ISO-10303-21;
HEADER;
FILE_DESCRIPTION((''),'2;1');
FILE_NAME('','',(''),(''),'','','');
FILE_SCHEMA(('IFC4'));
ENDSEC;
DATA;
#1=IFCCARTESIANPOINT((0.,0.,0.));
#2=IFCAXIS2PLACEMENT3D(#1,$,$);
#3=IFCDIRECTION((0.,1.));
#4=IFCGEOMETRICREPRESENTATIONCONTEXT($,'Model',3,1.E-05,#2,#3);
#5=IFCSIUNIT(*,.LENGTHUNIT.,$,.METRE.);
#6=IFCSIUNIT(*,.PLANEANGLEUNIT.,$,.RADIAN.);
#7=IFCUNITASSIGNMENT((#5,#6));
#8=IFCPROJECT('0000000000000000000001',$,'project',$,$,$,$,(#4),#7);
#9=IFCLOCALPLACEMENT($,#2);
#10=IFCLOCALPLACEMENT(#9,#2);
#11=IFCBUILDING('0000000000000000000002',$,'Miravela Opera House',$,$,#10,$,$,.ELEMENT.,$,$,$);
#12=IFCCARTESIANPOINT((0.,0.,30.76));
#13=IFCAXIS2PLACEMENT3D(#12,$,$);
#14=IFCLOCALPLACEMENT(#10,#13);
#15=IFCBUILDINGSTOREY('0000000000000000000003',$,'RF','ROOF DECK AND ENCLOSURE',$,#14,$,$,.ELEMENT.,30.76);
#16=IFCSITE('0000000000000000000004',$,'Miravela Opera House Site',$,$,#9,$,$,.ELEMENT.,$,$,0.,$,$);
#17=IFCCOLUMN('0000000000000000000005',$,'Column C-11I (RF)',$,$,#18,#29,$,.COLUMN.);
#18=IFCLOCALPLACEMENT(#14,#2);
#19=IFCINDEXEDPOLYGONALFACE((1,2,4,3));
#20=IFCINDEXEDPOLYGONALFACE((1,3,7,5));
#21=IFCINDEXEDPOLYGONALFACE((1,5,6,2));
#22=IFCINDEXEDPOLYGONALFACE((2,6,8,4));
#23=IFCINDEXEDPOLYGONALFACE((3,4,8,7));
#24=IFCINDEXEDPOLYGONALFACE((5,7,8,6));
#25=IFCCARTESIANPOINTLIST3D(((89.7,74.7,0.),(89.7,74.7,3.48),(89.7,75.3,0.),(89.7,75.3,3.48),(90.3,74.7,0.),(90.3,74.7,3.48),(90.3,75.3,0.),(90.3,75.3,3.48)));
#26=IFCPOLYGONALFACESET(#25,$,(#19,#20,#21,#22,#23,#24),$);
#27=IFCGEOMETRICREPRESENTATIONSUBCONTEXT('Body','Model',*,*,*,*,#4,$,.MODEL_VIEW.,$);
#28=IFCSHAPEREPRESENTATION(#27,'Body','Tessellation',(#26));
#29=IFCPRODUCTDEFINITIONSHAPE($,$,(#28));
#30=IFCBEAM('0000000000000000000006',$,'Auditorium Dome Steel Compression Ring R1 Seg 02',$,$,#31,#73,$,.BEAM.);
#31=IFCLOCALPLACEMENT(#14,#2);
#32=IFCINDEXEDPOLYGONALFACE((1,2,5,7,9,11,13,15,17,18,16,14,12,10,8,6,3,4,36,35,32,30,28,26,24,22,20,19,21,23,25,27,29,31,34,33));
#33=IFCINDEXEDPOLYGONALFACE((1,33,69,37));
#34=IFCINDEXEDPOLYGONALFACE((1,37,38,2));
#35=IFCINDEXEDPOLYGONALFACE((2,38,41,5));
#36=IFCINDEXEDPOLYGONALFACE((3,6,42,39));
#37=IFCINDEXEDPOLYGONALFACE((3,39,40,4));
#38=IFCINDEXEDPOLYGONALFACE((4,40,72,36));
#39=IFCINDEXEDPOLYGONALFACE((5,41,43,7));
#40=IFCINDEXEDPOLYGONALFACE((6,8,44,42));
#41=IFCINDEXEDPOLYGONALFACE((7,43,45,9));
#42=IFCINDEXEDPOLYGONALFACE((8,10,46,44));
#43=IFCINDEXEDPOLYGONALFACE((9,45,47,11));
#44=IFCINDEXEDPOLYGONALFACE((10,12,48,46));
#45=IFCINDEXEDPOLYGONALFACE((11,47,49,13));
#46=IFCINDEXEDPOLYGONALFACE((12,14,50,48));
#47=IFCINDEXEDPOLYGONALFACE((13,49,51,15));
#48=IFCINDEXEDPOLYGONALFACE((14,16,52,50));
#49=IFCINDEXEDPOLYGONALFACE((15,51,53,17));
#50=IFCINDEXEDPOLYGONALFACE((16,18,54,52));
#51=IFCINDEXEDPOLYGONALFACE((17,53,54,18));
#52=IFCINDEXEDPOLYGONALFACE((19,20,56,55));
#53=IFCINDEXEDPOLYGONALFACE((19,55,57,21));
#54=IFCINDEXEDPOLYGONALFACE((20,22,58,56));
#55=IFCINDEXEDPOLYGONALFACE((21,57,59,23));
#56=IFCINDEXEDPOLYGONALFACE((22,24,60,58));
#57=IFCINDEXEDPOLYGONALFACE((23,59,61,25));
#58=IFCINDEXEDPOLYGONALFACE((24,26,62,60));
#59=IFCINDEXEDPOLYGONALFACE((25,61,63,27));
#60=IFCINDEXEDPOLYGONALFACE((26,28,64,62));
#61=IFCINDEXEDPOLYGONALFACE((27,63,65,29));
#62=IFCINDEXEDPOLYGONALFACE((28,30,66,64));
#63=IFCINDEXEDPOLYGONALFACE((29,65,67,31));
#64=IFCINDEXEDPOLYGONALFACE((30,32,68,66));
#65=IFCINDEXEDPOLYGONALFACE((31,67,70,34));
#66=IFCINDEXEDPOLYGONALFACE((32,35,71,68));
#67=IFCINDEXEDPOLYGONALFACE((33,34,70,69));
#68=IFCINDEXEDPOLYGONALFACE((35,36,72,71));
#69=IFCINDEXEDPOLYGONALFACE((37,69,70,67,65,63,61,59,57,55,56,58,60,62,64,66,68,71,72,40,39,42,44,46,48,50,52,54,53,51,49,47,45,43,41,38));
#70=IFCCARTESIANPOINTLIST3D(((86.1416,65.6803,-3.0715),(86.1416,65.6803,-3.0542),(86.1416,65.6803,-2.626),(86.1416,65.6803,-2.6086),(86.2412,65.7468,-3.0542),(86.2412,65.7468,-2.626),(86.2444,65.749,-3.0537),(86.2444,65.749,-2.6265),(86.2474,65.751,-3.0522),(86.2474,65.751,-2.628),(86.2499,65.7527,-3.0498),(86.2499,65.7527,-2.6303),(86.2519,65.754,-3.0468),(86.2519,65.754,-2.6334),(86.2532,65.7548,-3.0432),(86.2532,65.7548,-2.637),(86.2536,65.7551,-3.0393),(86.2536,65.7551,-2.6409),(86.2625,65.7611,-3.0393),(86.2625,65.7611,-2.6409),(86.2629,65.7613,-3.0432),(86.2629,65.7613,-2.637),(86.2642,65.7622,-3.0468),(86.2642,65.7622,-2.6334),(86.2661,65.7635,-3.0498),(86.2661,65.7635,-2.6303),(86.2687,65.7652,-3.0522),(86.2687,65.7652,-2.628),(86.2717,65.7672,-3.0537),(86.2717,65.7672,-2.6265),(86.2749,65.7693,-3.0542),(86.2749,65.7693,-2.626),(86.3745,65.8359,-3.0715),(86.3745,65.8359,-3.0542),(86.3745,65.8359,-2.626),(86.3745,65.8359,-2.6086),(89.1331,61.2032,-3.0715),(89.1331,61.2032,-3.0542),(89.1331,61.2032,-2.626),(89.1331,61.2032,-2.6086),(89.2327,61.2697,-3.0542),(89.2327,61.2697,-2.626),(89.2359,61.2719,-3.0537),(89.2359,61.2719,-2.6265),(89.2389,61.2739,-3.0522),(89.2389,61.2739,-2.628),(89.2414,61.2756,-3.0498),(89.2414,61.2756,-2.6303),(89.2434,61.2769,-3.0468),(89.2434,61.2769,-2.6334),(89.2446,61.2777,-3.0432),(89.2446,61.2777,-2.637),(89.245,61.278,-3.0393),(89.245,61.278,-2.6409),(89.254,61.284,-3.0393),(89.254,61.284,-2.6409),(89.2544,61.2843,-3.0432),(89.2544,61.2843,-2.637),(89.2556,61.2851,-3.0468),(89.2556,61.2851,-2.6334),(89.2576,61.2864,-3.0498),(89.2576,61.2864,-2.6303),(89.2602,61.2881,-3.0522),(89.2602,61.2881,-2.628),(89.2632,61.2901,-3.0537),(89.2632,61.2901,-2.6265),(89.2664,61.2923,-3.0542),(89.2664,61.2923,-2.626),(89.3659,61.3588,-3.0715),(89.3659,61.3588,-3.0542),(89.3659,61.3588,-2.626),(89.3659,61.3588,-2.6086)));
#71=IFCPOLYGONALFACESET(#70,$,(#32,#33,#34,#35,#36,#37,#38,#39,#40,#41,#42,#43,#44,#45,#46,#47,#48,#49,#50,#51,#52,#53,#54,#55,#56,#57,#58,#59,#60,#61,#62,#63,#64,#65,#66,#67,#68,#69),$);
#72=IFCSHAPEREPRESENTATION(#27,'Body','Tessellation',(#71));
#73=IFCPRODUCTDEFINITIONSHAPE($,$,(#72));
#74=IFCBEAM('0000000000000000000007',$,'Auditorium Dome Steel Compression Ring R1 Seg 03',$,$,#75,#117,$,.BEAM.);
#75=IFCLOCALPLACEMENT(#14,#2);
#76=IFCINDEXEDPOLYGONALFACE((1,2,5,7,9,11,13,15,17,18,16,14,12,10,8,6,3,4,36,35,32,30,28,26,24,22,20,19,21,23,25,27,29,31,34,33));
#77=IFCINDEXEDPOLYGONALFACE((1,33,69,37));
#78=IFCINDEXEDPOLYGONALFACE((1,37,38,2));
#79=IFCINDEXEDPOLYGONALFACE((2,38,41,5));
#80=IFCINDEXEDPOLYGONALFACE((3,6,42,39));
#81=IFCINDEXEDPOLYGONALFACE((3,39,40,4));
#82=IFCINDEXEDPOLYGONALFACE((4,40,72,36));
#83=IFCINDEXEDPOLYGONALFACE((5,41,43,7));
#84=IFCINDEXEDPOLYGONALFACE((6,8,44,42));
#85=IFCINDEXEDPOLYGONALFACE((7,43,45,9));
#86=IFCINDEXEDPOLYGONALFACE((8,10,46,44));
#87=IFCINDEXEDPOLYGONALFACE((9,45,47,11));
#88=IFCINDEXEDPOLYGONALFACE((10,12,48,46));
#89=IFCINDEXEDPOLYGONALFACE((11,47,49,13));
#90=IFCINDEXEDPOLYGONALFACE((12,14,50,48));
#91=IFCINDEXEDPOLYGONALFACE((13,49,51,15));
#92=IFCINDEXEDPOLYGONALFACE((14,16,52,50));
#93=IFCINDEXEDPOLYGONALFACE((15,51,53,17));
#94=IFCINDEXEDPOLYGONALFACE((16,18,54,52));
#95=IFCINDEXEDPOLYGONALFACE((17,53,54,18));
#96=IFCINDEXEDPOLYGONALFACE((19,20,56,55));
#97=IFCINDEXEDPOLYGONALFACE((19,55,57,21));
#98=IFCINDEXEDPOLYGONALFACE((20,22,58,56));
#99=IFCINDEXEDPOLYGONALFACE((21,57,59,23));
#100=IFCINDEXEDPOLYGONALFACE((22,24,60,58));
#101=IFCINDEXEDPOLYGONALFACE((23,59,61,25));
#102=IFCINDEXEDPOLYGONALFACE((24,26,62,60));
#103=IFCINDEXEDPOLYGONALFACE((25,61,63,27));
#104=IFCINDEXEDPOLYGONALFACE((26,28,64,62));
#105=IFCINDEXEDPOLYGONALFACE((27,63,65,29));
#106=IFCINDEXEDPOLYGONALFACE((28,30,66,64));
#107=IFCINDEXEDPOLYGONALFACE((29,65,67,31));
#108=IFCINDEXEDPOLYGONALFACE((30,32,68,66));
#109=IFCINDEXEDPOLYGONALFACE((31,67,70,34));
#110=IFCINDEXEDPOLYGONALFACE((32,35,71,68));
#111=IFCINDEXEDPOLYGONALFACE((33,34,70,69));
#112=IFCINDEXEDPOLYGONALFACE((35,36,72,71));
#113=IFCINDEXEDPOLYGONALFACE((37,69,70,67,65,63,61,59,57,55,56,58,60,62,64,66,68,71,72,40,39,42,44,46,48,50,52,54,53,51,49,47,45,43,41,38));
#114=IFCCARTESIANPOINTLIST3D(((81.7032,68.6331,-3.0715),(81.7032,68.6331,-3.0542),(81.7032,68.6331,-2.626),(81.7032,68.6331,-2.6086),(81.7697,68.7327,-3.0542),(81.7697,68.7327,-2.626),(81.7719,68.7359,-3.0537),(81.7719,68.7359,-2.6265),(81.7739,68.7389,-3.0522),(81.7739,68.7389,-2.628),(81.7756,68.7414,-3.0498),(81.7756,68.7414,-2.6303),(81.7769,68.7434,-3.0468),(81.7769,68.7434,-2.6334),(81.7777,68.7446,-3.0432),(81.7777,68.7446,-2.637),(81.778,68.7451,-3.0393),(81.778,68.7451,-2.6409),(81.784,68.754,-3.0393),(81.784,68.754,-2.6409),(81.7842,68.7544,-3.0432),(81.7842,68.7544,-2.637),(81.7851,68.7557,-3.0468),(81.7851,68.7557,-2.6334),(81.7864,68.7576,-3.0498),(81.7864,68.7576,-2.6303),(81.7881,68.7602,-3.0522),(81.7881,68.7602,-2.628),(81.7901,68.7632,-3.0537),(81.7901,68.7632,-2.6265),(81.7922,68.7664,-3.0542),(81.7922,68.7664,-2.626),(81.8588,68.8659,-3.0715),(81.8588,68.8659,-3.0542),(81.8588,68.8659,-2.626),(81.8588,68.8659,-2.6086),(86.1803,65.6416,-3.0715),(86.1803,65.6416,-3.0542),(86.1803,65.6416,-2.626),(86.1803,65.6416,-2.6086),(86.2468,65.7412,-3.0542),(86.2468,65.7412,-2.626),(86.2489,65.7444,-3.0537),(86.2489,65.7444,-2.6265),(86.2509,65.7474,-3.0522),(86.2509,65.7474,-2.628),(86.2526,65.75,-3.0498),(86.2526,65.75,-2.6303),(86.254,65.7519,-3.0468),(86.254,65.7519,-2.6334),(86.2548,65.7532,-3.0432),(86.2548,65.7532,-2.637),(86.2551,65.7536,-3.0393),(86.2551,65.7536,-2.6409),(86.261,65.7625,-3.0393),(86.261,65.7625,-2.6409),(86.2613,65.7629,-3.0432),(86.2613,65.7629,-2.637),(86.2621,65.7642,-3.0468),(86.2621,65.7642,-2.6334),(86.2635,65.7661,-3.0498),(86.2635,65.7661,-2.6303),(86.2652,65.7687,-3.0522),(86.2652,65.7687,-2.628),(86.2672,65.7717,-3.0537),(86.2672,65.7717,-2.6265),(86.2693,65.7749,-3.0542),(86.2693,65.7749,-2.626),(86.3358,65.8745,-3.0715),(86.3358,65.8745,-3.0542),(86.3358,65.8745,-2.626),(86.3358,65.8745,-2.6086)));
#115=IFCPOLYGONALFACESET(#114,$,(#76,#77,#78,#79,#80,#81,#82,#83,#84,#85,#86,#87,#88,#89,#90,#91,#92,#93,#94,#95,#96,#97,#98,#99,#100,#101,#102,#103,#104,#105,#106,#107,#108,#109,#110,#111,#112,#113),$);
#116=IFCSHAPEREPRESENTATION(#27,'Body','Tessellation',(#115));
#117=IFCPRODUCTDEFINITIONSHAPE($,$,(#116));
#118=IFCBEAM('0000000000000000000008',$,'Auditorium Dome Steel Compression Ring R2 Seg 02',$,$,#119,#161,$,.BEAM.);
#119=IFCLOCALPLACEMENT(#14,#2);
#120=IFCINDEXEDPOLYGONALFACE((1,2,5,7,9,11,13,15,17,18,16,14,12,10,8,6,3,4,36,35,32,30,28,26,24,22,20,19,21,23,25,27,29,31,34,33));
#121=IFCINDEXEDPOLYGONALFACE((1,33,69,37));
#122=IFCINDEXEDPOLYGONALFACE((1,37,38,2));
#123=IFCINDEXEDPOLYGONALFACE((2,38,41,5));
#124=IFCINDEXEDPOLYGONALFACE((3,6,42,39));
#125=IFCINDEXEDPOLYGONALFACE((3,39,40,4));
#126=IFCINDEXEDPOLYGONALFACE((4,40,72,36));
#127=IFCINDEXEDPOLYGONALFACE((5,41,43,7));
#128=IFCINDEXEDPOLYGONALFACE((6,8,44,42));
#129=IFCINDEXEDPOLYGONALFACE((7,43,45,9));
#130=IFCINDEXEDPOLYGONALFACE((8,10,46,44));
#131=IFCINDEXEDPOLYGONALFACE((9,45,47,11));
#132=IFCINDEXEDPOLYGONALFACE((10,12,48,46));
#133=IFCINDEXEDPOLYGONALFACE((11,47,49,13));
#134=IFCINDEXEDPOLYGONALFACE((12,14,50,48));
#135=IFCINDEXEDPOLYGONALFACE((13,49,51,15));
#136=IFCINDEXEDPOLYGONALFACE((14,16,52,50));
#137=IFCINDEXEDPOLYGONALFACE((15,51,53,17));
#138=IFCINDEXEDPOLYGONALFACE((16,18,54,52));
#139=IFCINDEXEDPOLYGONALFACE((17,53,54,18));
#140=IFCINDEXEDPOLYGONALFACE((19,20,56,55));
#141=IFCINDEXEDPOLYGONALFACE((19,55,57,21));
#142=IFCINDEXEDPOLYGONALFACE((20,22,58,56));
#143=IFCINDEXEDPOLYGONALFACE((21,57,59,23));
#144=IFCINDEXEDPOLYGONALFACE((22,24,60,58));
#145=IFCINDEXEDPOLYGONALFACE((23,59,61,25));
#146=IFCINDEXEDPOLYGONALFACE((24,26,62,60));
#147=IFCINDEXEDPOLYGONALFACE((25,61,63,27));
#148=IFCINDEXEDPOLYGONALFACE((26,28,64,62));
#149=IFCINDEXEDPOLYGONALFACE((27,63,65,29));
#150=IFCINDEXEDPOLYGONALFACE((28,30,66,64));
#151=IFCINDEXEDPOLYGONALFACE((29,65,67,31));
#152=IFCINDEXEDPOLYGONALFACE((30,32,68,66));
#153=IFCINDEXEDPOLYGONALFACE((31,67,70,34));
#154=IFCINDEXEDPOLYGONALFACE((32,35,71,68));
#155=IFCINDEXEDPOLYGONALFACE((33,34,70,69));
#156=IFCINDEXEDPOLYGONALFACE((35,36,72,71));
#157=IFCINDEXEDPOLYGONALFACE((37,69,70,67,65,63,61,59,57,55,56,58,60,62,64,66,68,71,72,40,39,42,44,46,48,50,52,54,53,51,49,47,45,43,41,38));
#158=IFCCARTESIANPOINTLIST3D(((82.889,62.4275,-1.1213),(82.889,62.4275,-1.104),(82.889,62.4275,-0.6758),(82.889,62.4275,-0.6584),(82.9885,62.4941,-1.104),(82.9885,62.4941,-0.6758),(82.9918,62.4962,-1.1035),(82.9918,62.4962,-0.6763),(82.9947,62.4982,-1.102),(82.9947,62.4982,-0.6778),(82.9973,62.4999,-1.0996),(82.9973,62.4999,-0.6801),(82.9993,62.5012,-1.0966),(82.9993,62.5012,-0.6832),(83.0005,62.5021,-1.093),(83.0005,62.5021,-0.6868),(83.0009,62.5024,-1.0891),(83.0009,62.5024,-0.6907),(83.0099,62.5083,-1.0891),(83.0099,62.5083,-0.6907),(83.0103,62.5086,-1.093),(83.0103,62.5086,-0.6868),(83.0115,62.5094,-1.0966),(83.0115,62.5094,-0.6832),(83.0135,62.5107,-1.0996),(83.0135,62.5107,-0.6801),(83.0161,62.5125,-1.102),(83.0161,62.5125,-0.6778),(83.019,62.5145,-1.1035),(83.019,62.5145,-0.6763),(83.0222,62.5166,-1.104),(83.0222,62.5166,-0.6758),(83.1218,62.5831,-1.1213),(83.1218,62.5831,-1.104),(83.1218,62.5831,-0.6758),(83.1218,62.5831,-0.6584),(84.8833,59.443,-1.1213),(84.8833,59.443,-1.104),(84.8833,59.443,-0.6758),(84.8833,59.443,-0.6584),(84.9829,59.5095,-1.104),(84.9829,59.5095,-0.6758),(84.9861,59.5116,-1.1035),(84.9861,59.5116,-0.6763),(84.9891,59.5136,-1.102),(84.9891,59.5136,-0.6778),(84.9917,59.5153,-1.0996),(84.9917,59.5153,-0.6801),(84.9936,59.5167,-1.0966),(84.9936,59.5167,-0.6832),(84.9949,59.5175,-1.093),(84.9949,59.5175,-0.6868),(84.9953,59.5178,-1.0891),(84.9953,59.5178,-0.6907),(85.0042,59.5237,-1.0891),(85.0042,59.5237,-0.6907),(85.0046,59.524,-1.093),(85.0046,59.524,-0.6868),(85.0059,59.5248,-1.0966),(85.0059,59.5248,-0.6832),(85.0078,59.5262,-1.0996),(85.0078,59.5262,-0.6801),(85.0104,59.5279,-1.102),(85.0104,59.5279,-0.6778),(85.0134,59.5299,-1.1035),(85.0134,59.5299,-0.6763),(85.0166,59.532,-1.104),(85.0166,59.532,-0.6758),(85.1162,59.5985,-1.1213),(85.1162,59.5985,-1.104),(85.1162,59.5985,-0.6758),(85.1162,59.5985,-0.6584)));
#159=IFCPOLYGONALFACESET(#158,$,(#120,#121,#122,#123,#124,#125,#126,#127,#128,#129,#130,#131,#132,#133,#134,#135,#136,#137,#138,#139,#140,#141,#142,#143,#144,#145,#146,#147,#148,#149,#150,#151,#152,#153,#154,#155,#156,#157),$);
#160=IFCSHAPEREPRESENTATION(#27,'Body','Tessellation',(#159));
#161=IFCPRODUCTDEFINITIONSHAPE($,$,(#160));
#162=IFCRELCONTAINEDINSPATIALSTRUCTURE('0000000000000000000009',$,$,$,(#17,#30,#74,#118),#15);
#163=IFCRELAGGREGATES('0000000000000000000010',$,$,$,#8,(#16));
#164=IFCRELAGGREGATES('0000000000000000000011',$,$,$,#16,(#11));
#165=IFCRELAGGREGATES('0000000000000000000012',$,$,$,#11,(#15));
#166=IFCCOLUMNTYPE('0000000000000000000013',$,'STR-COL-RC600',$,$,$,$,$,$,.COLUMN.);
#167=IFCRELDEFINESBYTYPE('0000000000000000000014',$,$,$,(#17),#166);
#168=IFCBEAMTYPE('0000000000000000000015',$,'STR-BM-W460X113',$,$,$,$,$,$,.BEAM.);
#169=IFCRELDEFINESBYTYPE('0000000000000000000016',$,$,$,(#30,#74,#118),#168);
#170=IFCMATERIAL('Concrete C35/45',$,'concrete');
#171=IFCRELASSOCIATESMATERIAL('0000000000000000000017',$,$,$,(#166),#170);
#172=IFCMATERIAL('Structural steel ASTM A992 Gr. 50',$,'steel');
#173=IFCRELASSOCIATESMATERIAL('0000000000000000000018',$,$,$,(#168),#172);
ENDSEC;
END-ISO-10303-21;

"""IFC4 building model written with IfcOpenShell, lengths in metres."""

from ifc_helpers import new_model, si_unit, direction, frame, origin, origin_2d, place, context, subcontext, project, spatial, rectangle, i_section, extrude, material, material_profile, profile_set, type_object, element, save


model = new_model("IFC4")

# Units and contexts
model_context = context("Model", 3, precision=1e-05, world=origin(), true_north=direction((0.0, 1.0)))
body_context = subcontext(model_context, "Body", "Model", "MODEL_VIEW")
ifc_project = project(units=[si_unit("LENGTHUNIT", "METRE"), si_unit("PLANEANGLEUNIT", "RADIAN")], contexts=[model_context])

# Site, building, storey
site_placement = place(None, origin())
site = spatial("IfcSite", under=ifc_project, at=site_placement, Name="Miravela Opera House Site", CompositionType="ELEMENT", RefElevation=0.0)
building_placement = place(site_placement, origin())
building = spatial("IfcBuilding", under=site, at=building_placement, Name="Miravela Opera House", CompositionType="ELEMENT")
storey_placement = place(building_placement, frame((0.0, 0.0, 30.76)))
storey = spatial("IfcBuildingStorey", under=building, at=storey_placement, Name="RF", Description="ROOF DECK AND ENCLOSURE", CompositionType="ELEMENT", Elevation=30.76)

# Column
ifc_material_1 = material(Name="Concrete C35/45", Category="concrete")
ifc_material_profile_1 = material_profile(ifc_material_1, rectangle(XDim=0.6001, YDim=0.6001, at=origin_2d()), Name="RC-COL-600X600")
ifc_profile_set_1 = profile_set([ifc_material_profile_1])
column_type = type_object("IfcColumnType", Name="STR-COL-RC600", PredefinedType="COLUMN", material=ifc_profile_set_1)
column_placement = place(storey_placement, frame((90.0, 75.0, 0.0), z_axis=(0.0, 0.0, 1.0), x_axis=(1.0, 0.0, 0.0)))
element("IfcColumn", 1, at=column_placement, inside=storey, type_object=column_type, Name="Column C-11I (RF)", PredefinedType="COLUMN", context=body_context, shape_type="SweptSolid", body=[
    extrude(rectangle(XDim=0.6001, YDim=0.6001, at=origin_2d()), origin(), (0.0, 0.0, 1.0), 3.48),
])

# Beams
ifc_material_2 = material(Name="Structural steel ASTM A992 Gr. 50", Category="steel")
ifc_material_profile_2 = material_profile(ifc_material_2, i_section(OverallWidth=0.28, OverallDepth=0.4629, WebThickness=0.0107, FlangeThickness=0.0173, FilletRadius=0.0149, at=origin_2d()), Name="W460X113")
ifc_profile_set_2 = profile_set([ifc_material_profile_2])
beam_type = type_object("IfcBeamType", Name="STR-BM-W460X113", PredefinedType="BEAM", material=ifc_profile_set_2)
for number, where, z_axis, x_axis, name in (
    (2, (89.2495, 61.281, -2.8401), (-0.555568, 0.831471, 0.0), (-0.831471, -0.555568, 0.0), "Auditorium Dome Steel Compression Ring R1 Seg 02"),
    (3, (86.2581, 65.7581, -2.8401), (-0.831471, 0.555568, 0.0), (-0.555568, -0.831471, 0.0), "Auditorium Dome Steel Compression Ring R1 Seg 03"),
):
    element("IfcBeam", number, at=place(storey_placement, frame(where, z_axis=z_axis, x_axis=x_axis)), inside=storey, type_object=beam_type, Name=name, PredefinedType="BEAM", context=body_context, shape_type="SweptSolid", body=[
        extrude(i_section(OverallWidth=0.28, OverallDepth=0.4629, WebThickness=0.0107, FlangeThickness=0.0173, FilletRadius=0.0149, at=origin_2d()), origin(), (0.0, 0.0, 1.0), 5.3845),
    ])
beam_placement = place(storey_placement, frame((84.9998, 59.5208, -0.8899), z_axis=(-0.555595, 0.831453, 0.0), x_axis=(-0.831453, -0.555595, 0.0)))
element("IfcBeam", 4, at=beam_placement, inside=storey, type_object=beam_type, Name="Auditorium Dome Steel Compression Ring R2 Seg 02", PredefinedType="BEAM", context=body_context, shape_type="SweptSolid", body=[
    extrude(i_section(OverallWidth=0.28, OverallDepth=0.4629, WebThickness=0.0107, FlangeThickness=0.0173, FilletRadius=0.0149, at=origin_2d()), origin(), (0.0, 0.0, 1.0), 3.5896),
])

save(model, "model.ifc")
